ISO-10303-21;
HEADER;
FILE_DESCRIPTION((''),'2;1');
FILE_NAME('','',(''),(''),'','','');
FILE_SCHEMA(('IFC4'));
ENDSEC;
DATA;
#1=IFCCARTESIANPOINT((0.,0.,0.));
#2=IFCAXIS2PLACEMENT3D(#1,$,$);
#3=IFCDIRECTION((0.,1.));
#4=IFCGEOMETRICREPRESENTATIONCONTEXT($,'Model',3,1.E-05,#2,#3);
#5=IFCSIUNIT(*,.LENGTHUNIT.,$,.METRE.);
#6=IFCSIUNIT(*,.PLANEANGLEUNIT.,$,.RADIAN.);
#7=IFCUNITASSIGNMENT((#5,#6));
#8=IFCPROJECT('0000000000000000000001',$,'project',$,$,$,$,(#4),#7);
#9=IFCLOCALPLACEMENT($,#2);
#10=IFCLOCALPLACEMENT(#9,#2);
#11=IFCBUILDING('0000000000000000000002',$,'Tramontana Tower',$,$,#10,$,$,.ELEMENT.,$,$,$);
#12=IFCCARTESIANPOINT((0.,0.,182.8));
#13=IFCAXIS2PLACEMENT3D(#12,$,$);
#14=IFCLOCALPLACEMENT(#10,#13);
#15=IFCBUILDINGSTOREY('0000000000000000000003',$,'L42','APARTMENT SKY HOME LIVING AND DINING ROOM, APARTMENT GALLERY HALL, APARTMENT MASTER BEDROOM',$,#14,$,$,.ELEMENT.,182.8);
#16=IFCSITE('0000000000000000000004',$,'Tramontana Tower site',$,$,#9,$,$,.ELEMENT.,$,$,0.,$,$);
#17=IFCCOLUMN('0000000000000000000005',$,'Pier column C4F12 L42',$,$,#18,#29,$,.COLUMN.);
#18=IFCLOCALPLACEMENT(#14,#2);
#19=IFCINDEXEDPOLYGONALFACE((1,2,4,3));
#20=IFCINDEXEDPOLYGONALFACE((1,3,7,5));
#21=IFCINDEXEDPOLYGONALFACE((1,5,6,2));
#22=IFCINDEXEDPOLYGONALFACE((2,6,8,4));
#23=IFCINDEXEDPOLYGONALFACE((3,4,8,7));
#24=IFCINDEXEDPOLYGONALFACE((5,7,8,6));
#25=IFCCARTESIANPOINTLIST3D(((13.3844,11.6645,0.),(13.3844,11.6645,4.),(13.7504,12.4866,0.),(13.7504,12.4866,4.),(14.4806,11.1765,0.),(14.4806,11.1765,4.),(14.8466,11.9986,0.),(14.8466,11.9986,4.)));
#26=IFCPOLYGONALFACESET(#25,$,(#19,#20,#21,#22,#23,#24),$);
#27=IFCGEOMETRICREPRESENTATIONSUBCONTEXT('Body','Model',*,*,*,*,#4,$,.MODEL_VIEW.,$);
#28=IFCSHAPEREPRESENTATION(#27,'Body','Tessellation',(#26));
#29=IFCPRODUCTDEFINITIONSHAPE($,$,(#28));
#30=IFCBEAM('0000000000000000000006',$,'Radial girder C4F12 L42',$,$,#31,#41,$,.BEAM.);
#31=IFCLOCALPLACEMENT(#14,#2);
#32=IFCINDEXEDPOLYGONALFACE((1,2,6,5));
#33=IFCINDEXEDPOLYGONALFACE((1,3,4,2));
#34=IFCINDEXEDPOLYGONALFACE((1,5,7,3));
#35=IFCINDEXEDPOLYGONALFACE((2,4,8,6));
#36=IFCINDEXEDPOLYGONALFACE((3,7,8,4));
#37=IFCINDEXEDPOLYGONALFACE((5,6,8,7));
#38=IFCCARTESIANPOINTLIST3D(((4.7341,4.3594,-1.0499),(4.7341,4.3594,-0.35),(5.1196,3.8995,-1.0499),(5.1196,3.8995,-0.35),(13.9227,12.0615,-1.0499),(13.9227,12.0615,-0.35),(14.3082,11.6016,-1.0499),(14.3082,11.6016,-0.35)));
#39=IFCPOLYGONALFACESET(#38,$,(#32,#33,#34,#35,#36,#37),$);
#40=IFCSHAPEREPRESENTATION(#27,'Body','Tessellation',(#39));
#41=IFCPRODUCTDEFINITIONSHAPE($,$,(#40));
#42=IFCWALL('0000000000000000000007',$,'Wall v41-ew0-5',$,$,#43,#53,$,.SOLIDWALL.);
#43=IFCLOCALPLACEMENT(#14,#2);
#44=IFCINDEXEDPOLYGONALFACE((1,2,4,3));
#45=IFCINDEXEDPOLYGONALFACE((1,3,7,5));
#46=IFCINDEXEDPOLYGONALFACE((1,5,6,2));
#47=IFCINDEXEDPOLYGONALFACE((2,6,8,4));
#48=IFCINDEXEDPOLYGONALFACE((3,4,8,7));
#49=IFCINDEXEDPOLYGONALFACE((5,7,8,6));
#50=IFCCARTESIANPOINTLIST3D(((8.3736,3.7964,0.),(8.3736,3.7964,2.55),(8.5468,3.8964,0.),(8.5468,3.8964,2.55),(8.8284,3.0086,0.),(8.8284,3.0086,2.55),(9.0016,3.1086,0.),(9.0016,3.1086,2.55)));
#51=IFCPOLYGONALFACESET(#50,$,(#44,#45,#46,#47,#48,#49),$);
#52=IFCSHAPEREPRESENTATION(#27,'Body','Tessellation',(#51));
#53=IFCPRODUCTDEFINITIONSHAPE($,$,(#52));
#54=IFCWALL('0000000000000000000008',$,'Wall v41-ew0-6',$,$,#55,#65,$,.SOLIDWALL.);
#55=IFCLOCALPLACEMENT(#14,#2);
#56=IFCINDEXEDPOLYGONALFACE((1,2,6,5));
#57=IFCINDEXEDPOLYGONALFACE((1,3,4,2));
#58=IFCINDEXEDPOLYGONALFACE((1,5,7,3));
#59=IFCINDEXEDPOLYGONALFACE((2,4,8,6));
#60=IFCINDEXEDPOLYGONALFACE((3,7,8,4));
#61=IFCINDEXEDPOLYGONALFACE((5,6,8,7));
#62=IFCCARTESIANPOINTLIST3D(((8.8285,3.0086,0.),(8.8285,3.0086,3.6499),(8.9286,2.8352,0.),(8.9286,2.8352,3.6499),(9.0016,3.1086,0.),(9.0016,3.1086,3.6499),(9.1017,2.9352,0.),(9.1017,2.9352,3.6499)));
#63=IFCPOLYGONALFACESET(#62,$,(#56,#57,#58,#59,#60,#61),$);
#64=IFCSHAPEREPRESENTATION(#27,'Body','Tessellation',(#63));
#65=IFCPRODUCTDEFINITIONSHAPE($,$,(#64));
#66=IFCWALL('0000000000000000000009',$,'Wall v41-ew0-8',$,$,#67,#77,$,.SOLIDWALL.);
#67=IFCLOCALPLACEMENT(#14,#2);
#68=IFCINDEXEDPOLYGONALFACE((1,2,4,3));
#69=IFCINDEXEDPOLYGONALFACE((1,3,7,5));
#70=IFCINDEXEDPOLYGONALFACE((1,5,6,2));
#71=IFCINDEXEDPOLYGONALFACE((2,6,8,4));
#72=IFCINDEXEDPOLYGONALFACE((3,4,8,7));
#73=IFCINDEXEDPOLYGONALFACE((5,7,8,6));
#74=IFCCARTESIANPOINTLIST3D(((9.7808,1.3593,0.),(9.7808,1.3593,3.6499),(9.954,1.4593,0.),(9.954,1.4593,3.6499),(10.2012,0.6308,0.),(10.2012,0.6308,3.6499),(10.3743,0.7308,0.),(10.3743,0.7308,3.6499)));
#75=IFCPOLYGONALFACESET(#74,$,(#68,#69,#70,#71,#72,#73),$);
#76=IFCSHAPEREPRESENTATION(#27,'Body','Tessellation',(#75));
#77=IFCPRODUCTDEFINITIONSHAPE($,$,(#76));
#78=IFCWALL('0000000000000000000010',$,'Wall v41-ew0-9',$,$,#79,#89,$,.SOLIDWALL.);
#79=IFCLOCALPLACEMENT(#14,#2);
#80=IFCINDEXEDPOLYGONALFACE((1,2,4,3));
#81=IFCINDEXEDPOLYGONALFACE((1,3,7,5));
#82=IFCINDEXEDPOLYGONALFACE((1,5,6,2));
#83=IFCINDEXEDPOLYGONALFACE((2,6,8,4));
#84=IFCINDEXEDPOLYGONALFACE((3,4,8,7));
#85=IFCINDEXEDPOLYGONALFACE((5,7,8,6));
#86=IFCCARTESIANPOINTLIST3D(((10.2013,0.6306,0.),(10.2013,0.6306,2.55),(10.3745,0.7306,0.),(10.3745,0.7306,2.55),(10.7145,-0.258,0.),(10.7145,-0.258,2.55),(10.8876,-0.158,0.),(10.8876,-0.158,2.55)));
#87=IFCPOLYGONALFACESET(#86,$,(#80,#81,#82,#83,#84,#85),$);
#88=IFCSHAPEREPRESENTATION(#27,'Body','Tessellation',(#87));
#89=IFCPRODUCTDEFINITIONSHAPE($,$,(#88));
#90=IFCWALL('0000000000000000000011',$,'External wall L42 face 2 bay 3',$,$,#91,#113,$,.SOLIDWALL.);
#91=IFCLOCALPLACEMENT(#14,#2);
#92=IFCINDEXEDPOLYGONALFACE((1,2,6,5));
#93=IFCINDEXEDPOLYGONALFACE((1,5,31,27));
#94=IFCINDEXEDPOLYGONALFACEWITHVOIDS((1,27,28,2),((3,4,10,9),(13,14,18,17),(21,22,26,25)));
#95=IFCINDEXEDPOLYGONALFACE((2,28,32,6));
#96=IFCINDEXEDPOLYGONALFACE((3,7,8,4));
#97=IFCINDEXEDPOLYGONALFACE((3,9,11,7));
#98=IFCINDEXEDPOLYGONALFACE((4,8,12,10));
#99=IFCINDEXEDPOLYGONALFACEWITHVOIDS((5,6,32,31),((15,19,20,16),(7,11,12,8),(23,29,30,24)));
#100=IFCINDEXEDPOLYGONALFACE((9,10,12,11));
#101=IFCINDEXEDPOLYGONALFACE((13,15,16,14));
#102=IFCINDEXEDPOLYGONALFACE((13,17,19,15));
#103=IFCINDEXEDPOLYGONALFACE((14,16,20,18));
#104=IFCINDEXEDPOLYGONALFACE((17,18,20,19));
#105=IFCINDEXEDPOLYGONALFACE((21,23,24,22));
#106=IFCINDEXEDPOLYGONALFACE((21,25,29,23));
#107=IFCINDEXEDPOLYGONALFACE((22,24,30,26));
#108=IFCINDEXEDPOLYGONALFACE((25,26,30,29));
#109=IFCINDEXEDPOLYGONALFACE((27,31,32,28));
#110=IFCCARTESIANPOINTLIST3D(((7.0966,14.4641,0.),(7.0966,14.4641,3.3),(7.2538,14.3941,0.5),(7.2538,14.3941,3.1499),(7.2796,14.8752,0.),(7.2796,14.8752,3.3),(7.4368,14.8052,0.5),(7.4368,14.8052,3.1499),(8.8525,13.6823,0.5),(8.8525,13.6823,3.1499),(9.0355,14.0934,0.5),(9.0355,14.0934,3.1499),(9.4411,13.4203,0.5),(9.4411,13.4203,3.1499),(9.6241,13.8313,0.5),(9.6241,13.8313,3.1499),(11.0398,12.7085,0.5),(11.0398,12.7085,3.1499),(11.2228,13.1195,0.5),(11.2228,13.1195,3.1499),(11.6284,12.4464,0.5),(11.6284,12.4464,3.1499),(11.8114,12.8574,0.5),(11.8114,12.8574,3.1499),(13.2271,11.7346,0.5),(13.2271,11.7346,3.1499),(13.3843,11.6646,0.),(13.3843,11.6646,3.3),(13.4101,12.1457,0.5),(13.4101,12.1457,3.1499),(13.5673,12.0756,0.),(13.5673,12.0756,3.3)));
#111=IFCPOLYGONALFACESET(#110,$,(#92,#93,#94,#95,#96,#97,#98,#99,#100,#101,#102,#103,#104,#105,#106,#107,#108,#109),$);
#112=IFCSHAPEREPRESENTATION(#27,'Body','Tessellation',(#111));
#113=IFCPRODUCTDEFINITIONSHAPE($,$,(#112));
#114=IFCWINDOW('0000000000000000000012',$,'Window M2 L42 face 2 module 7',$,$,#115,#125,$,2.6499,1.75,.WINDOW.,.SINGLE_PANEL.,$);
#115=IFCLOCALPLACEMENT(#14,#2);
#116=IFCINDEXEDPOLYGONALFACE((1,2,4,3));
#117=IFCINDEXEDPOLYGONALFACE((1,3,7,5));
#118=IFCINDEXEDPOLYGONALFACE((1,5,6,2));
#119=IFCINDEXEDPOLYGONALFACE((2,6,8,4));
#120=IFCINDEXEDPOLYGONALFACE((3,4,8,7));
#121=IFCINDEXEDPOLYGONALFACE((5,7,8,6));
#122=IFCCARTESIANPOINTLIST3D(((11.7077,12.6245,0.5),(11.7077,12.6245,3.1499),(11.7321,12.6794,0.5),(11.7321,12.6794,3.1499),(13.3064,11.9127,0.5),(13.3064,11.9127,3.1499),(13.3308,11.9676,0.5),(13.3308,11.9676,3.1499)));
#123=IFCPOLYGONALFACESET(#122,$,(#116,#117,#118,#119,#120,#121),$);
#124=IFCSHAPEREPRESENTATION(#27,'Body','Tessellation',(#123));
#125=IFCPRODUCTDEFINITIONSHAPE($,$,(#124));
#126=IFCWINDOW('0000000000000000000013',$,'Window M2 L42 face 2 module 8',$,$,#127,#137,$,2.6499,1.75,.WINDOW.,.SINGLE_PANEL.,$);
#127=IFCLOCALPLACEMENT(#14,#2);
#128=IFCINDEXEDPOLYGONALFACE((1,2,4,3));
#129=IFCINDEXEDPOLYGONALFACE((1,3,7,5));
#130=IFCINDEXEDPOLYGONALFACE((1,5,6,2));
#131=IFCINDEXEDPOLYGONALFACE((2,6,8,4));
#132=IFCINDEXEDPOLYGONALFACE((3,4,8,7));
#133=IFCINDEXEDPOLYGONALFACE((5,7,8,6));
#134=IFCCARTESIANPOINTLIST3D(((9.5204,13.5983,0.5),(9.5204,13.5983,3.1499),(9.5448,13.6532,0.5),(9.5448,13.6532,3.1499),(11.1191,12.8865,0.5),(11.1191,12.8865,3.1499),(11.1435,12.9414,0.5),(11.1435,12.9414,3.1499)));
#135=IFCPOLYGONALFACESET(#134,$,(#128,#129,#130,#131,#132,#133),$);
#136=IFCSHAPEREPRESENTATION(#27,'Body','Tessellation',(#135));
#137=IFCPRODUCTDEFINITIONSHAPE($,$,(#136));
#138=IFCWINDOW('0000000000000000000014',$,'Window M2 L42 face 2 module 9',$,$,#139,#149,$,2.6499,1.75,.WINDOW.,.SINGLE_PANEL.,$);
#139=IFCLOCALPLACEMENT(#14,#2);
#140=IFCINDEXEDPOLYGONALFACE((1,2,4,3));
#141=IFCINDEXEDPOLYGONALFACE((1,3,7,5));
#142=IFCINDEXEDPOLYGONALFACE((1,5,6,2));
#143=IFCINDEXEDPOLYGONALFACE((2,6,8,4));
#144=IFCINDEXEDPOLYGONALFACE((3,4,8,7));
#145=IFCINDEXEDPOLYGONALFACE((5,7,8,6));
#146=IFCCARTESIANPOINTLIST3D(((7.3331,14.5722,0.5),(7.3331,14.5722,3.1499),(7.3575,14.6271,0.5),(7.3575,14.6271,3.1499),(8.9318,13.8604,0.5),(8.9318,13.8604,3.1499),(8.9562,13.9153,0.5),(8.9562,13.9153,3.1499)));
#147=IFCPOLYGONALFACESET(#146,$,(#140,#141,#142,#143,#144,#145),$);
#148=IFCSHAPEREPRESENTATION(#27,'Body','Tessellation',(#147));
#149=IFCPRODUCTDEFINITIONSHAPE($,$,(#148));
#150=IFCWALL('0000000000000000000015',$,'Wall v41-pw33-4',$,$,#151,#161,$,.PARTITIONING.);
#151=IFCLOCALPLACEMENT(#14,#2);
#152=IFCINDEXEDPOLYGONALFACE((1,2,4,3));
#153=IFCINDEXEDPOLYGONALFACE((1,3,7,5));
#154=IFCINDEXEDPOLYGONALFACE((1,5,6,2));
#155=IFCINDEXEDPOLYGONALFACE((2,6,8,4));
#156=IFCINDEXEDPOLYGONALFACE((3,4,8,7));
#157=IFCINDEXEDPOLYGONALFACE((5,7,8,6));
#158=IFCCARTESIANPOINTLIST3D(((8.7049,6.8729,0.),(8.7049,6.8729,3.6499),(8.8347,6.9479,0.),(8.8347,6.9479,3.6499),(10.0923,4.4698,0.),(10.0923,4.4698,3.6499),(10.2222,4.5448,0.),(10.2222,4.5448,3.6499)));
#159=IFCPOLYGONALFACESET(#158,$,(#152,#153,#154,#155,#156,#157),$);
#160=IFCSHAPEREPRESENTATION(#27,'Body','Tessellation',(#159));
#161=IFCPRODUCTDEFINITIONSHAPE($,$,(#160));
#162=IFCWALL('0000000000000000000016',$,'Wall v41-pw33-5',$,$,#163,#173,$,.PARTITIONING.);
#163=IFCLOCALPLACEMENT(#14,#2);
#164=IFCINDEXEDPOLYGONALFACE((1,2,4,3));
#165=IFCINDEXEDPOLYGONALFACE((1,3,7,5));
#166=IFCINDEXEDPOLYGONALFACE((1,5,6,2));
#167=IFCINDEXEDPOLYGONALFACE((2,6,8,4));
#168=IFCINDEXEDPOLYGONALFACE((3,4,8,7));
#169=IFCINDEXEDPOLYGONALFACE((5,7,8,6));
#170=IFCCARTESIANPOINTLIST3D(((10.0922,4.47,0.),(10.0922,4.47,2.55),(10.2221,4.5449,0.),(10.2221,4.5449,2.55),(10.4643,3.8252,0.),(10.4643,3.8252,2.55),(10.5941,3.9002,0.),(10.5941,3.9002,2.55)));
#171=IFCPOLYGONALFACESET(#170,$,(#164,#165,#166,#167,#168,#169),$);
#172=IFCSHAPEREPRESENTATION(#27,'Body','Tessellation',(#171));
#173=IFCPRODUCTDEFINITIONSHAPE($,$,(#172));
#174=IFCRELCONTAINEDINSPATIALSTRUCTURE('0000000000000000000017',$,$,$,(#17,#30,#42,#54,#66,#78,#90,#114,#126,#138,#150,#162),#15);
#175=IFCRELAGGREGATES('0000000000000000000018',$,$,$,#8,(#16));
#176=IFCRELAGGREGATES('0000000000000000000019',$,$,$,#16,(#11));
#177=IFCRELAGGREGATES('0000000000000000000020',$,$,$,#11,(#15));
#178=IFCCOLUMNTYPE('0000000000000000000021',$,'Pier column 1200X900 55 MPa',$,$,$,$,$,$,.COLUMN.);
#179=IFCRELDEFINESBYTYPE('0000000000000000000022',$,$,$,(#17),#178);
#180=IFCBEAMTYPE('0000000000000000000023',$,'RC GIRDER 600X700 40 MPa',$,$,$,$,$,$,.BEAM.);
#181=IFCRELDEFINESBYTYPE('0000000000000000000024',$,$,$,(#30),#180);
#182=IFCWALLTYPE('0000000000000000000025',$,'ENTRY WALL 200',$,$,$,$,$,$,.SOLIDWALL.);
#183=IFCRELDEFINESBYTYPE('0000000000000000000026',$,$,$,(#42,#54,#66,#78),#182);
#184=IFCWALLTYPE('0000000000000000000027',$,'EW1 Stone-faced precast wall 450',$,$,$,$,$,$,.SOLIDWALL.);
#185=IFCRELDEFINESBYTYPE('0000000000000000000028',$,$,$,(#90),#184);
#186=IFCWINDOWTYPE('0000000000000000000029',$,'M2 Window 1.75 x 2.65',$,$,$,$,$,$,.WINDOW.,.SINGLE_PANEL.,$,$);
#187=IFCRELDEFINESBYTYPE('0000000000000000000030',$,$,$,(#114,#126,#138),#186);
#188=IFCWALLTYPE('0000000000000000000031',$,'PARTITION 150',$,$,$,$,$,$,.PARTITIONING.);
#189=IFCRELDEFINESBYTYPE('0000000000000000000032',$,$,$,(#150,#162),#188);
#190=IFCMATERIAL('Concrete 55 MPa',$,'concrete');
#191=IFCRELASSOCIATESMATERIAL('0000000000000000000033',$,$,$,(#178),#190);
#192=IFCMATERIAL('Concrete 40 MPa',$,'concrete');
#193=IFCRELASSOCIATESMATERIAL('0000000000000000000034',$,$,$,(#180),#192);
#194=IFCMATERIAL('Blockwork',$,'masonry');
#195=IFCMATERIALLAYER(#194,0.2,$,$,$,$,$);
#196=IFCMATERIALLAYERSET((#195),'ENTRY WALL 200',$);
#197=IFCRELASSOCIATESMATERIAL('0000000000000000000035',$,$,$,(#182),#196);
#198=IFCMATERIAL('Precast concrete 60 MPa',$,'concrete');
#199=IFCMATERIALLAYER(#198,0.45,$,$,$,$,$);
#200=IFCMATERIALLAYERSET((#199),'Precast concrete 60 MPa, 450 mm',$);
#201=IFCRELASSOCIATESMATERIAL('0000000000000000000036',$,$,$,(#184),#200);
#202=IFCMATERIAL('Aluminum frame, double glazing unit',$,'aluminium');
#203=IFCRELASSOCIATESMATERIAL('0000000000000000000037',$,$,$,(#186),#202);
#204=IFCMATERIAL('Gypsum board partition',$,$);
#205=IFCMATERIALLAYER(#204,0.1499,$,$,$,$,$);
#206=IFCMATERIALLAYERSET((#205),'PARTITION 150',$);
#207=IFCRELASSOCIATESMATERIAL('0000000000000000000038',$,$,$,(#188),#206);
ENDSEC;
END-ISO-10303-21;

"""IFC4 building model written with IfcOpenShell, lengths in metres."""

from ifc_helpers import new_model, si_unit, direction, frame, frame_2d, origin, origin_2d, place, context, subcontext, project, spatial, rectangle, extrude, material, layer, layer_set, material_profile, profile_set, type_object, element, fill, save


model = new_model("IFC4")

# Units and contexts
model_context = context("Model", 3, precision=1e-05, world=origin(), true_north=direction((0.0, 1.0)))
body_context = subcontext(model_context, "Body", "Model", "MODEL_VIEW")
ifc_project = project(units=[si_unit("LENGTHUNIT", "METRE"), si_unit("PLANEANGLEUNIT", "RADIAN")], contexts=[model_context])

# Site, building, storey
site_placement = place(None, origin())
site = spatial("IfcSite", under=ifc_project, at=site_placement, Name="Tramontana Tower site", CompositionType="ELEMENT", RefElevation=0.0)
building_placement = place(site_placement, origin())
building = spatial("IfcBuilding", under=site, at=building_placement, Name="Tramontana Tower", CompositionType="ELEMENT")
storey_placement = place(building_placement, frame((0.0, 0.0, 182.8)))
storey = spatial("IfcBuildingStorey", under=building, at=storey_placement, Name="L42", Description="APARTMENT SKY HOME LIVING AND DINING ROOM, APARTMENT GALLERY HALL, APARTMENT MASTER BEDROOM", CompositionType="ELEMENT", Elevation=182.8)

# Column
ifc_material_1 = material(Name="Concrete 55 MPa", Category="concrete")
ifc_material_profile_1 = material_profile(ifc_material_1, rectangle(XDim=1.2, YDim=0.8999, at=origin_2d()), Name="Pier column 1200X900 55 MPa")
ifc_profile_set_1 = profile_set([ifc_material_profile_1], Name="Concrete 55 MPa")
column_type = type_object("IfcColumnType", Name="Pier column 1200X900 55 MPa", PredefinedType="COLUMN", material=ifc_profile_set_1)
column_placement = place(storey_placement, frame((14.1155, 11.8315, 0.0), z_axis=(0.0, 0.0, 1.0), x_axis=(-0.913545, 0.406737, 0.0)))
element("IfcColumn", 1, at=column_placement, inside=storey, type_object=column_type, Name="Pier column C4F12 L42", PredefinedType="COLUMN", context=body_context, shape_type="SweptSolid", body=[
    extrude(rectangle(XDim=1.2, YDim=0.8999, at=origin_2d()), origin(), (0.0, 0.0, 1.0), 4.0),
])

# Beam
ifc_material_2 = material(Name="Concrete 40 MPa", Category="concrete")
ifc_material_profile_2 = material_profile(ifc_material_2, rectangle(XDim=0.6001, YDim=0.7, at=origin_2d()), Name="RC GIRDER 600X700 40 MPa")
ifc_profile_set_2 = profile_set([ifc_material_profile_2], Name="Concrete 40 MPa")
beam_type = type_object("IfcBeamType", Name="RC GIRDER 600X700 40 MPa", PredefinedType="BEAM", material=ifc_profile_set_2)
beam_placement = place(storey_placement, frame((14.1155, 11.8315, -0.7), z_axis=(-0.766377, -0.642391, 0.0), x_axis=(0.642391, -0.766377, 0.0)))
element("IfcBeam", 2, at=beam_placement, inside=storey, type_object=beam_type, Name="Radial girder C4F12 L42", PredefinedType="BEAM", context=body_context, shape_type="SweptSolid", body=[
    extrude(rectangle(XDim=0.6001, YDim=0.7, at=origin_2d()), origin(), (0.0, 0.0, 1.0), 11.9897),
])

# Walls
ifc_material_3 = material(Name="Blockwork", Category="masonry")
ifc_layer_1 = layer(ifc_material_3, 0.2)
ifc_layer_set_1 = layer_set([ifc_layer_1], Name="ENTRY WALL 200")
wall_type_1 = type_object("IfcWallType", Name="ENTRY WALL 200", PredefinedType="SOLIDWALL", material=ifc_layer_set_1)
wall_1_placement = place(storey_placement, frame((8.4602, 3.8464, 0.0), z_axis=(0.0, 0.0, 1.0), x_axis=(0.499978, -0.866038, 0.0)))
element("IfcWall", 3, at=wall_1_placement, inside=storey, type_object=wall_type_1, Name="Wall v41-ew0-5", PredefinedType="SOLIDWALL", context=body_context, shape_type="SweptSolid", body=[
    extrude(rectangle(XDim=0.9097, YDim=0.2, at=frame_2d((0.4548, 0.0))), origin(), (0.0, 0.0, 1.0), 2.55),
])
wall_2_placement = place(storey_placement, frame((8.915, 3.0586, 0.0), z_axis=(0.0, 0.0, 1.0), x_axis=(0.500074, -0.865982, 0.0)))
element("IfcWall", 4, at=wall_2_placement, inside=storey, type_object=wall_type_1, Name="Wall v41-ew0-6", PredefinedType="SOLIDWALL", context=body_context, shape_type="SweptSolid", body=[
    extrude(rectangle(XDim=0.2002, YDim=0.2, at=frame_2d((0.1001, 0.0))), origin(), (0.0, 0.0, 1.0), 3.6499),
])

# Walls
wall_3_placement = place(storey_placement, frame((9.8674, 1.4092, 0.0), z_axis=(0.0, 0.0, 1.0), x_axis=(0.499823, -0.866128, 0.0)))
element("IfcWall", 5, at=wall_3_placement, inside=storey, type_object=wall_type_1, Name="Wall v41-ew0-8", PredefinedType="SOLIDWALL", context=body_context, shape_type="SweptSolid", body=[
    extrude(rectangle(XDim=0.8411, YDim=0.2, at=frame_2d((0.4204, 0.0))), origin(), (0.0, 0.0, 1.0), 3.6499),
])
wall_4_placement = place(storey_placement, frame((10.2878, 0.6807, 0.0), z_axis=(0.0, 0.0, 1.0), x_axis=(0.500079, -0.86598, 0.0)))
element("IfcWall", 6, at=wall_4_placement, inside=storey, type_object=wall_type_1, Name="Wall v41-ew0-9", PredefinedType="SOLIDWALL", context=body_context, shape_type="SweptSolid", body=[
    extrude(rectangle(XDim=1.0261, YDim=0.2, at=frame_2d((0.5132, 0.0))), origin(), (0.0, 0.0, 1.0), 2.55),
])

# Wall, openings, windows
ifc_material_4 = material(Name="Precast concrete 60 MPa", Category="concrete")
ifc_layer_2 = layer(ifc_material_4, 0.45)
ifc_layer_set_2 = layer_set([ifc_layer_2], Name="Precast concrete 60 MPa, 450 mm")
wall_type_2 = type_object("IfcWallType", Name="EW1 Stone-faced precast wall 450", PredefinedType="SOLIDWALL", material=ifc_layer_set_2)
wall_5_placement = place(storey_placement, frame((13.4758, 11.8701, 0.0), z_axis=(0.0, 0.0, 1.0), x_axis=(-0.913544, 0.406741, 0.0)))
wall_5 = element("IfcWall", 7, at=wall_5_placement, inside=storey, type_object=wall_type_2, Name="External wall L42 face 2 bay 3", PredefinedType="SOLIDWALL", context=body_context, shape_type="SweptSolid", body=[
    extrude(rectangle(XDim=6.8828, YDim=0.45, at=frame_2d((3.4414, 0.0))), origin(), (0.0, 0.0, 1.0), 3.3),
])
opening_1_placement = place(wall_5_placement, frame((0.1721, 0.0, 0.5)))
opening_1 = element("IfcOpeningElement", 8, at=opening_1_placement, cuts=wall_5, PredefinedType="OPENING", context=body_context, shape_type="SweptSolid", body=[
    extrude(rectangle(XDim=1.75, YDim=2.6499, at=frame_2d((0.875, 1.325))), frame((0.0, 0.2349, 0.0), z_axis=(0.0, -1.0, 0.0), x_axis=(1.0, 0.0, 0.0)), (0.0, 0.0, 1.0), 0.47),
])
opening_2_placement = place(wall_5_placement, frame((2.5664, 0.0, 0.5)))
opening_2 = element("IfcOpeningElement", 9, at=opening_2_placement, cuts=wall_5, PredefinedType="OPENING", context=body_context, shape_type="SweptSolid", body=[
    extrude(rectangle(XDim=1.75, YDim=2.6499, at=frame_2d((0.875, 1.325))), frame((0.0, 0.2349, 0.0), z_axis=(0.0, -1.0, 0.0), x_axis=(1.0, 0.0, 0.0)), (0.0, 0.0, 1.0), 0.47),
])
opening_3_placement = place(wall_5_placement, frame((4.9607, 0.0, 0.5)))
opening_3 = element("IfcOpeningElement", 10, at=opening_3_placement, cuts=wall_5, PredefinedType="OPENING", context=body_context, shape_type="SweptSolid", body=[
    extrude(rectangle(XDim=1.75, YDim=2.6499, at=frame_2d((0.875, 1.325))), frame((0.0, 0.2349, 0.0), z_axis=(0.0, -1.0, 0.0), x_axis=(1.0, 0.0, 0.0)), (0.0, 0.0, 1.0), 0.47),
])
ifc_material_5 = material(Name="Aluminum frame, double glazing unit", Category="aluminium")
window_type = type_object("IfcWindowType", Name="M2 Window 1.75 x 2.65", PartitioningType="SINGLE_PANEL", PredefinedType="WINDOW", material=ifc_material_5)
window_1_placement = place(opening_1_placement, origin())
window_1 = element("IfcWindow", 11, at=window_1_placement, inside=storey, type_object=window_type, Name="Window M2 L42 face 2 module 7", OverallHeight=2.6499, OverallWidth=1.75, PartitioningType="SINGLE_PANEL", PredefinedType="WINDOW", context=body_context, shape_type="SweptSolid", body=[
    extrude(rectangle(XDim=1.75, YDim=2.6499, at=frame_2d((0.875, 1.325))), frame((0.0, 0.03, 0.0), z_axis=(0.0, -1.0, 0.0), x_axis=(1.0, 0.0, 0.0)), (0.0, 0.0, 1.0), 0.0601),
])
fill(opening_1, window_1)
window_2_placement = place(opening_2_placement, origin())
window_2 = element("IfcWindow", 12, at=window_2_placement, inside=storey, type_object=window_type, Name="Window M2 L42 face 2 module 8", OverallHeight=2.6499, OverallWidth=1.75, PartitioningType="SINGLE_PANEL", PredefinedType="WINDOW", context=body_context, shape_type="SweptSolid", body=[
    extrude(rectangle(XDim=1.75, YDim=2.6499, at=frame_2d((0.875, 1.325))), frame((0.0, 0.03, 0.0), z_axis=(0.0, -1.0, 0.0), x_axis=(1.0, 0.0, 0.0)), (0.0, 0.0, 1.0), 0.0601),
])
fill(opening_2, window_2)
window_3_placement = place(opening_3_placement, origin())
window_3 = element("IfcWindow", 13, at=window_3_placement, inside=storey, type_object=window_type, Name="Window M2 L42 face 2 module 9", OverallHeight=2.6499, OverallWidth=1.75, PartitioningType="SINGLE_PANEL", PredefinedType="WINDOW", context=body_context, shape_type="SweptSolid", body=[
    extrude(rectangle(XDim=1.75, YDim=2.6499, at=frame_2d((0.875, 1.325))), frame((0.0, 0.03, 0.0), z_axis=(0.0, -1.0, 0.0), x_axis=(1.0, 0.0, 0.0)), (0.0, 0.0, 1.0), 0.0601),
])
fill(opening_3, window_3)

# Walls
ifc_material_6 = material(Name="Gypsum board partition")
ifc_layer_3 = layer(ifc_material_6, 0.1499)
ifc_layer_set_3 = layer_set([ifc_layer_3], Name="PARTITION 150")
wall_type_3 = type_object("IfcWallType", Name="PARTITION 150", PredefinedType="PARTITIONING", material=ifc_layer_set_3)
wall_6_placement = place(storey_placement, frame((8.7698, 6.9104, 0.0), z_axis=(0.0, 0.0, 1.0), x_axis=(0.500009, -0.86602, 0.0)))
element("IfcWall", 14, at=wall_6_placement, inside=storey, type_object=wall_type_3, Name="Wall v41-pw33-4", PredefinedType="PARTITIONING", context=body_context, shape_type="SweptSolid", body=[
    extrude(rectangle(XDim=2.7749, YDim=0.1499, at=frame_2d((1.3875, 0.0))), origin(), (0.0, 0.0, 1.0), 3.6499),
])
wall_7_placement = place(storey_placement, frame((10.1572, 4.5073, 0.0), z_axis=(0.0, 0.0, 1.0), x_axis=(0.499808, -0.866136, 0.0)))
element("IfcWall", 15, at=wall_7_placement, inside=storey, type_object=wall_type_3, Name="Wall v41-pw33-5", PredefinedType="PARTITIONING", context=body_context, shape_type="SweptSolid", body=[
    extrude(rectangle(XDim=0.7444, YDim=0.1499, at=frame_2d((0.3721, 0.0))), origin(), (0.0, 0.0, 1.0), 2.55),
])

save(model, "model.ifc")
